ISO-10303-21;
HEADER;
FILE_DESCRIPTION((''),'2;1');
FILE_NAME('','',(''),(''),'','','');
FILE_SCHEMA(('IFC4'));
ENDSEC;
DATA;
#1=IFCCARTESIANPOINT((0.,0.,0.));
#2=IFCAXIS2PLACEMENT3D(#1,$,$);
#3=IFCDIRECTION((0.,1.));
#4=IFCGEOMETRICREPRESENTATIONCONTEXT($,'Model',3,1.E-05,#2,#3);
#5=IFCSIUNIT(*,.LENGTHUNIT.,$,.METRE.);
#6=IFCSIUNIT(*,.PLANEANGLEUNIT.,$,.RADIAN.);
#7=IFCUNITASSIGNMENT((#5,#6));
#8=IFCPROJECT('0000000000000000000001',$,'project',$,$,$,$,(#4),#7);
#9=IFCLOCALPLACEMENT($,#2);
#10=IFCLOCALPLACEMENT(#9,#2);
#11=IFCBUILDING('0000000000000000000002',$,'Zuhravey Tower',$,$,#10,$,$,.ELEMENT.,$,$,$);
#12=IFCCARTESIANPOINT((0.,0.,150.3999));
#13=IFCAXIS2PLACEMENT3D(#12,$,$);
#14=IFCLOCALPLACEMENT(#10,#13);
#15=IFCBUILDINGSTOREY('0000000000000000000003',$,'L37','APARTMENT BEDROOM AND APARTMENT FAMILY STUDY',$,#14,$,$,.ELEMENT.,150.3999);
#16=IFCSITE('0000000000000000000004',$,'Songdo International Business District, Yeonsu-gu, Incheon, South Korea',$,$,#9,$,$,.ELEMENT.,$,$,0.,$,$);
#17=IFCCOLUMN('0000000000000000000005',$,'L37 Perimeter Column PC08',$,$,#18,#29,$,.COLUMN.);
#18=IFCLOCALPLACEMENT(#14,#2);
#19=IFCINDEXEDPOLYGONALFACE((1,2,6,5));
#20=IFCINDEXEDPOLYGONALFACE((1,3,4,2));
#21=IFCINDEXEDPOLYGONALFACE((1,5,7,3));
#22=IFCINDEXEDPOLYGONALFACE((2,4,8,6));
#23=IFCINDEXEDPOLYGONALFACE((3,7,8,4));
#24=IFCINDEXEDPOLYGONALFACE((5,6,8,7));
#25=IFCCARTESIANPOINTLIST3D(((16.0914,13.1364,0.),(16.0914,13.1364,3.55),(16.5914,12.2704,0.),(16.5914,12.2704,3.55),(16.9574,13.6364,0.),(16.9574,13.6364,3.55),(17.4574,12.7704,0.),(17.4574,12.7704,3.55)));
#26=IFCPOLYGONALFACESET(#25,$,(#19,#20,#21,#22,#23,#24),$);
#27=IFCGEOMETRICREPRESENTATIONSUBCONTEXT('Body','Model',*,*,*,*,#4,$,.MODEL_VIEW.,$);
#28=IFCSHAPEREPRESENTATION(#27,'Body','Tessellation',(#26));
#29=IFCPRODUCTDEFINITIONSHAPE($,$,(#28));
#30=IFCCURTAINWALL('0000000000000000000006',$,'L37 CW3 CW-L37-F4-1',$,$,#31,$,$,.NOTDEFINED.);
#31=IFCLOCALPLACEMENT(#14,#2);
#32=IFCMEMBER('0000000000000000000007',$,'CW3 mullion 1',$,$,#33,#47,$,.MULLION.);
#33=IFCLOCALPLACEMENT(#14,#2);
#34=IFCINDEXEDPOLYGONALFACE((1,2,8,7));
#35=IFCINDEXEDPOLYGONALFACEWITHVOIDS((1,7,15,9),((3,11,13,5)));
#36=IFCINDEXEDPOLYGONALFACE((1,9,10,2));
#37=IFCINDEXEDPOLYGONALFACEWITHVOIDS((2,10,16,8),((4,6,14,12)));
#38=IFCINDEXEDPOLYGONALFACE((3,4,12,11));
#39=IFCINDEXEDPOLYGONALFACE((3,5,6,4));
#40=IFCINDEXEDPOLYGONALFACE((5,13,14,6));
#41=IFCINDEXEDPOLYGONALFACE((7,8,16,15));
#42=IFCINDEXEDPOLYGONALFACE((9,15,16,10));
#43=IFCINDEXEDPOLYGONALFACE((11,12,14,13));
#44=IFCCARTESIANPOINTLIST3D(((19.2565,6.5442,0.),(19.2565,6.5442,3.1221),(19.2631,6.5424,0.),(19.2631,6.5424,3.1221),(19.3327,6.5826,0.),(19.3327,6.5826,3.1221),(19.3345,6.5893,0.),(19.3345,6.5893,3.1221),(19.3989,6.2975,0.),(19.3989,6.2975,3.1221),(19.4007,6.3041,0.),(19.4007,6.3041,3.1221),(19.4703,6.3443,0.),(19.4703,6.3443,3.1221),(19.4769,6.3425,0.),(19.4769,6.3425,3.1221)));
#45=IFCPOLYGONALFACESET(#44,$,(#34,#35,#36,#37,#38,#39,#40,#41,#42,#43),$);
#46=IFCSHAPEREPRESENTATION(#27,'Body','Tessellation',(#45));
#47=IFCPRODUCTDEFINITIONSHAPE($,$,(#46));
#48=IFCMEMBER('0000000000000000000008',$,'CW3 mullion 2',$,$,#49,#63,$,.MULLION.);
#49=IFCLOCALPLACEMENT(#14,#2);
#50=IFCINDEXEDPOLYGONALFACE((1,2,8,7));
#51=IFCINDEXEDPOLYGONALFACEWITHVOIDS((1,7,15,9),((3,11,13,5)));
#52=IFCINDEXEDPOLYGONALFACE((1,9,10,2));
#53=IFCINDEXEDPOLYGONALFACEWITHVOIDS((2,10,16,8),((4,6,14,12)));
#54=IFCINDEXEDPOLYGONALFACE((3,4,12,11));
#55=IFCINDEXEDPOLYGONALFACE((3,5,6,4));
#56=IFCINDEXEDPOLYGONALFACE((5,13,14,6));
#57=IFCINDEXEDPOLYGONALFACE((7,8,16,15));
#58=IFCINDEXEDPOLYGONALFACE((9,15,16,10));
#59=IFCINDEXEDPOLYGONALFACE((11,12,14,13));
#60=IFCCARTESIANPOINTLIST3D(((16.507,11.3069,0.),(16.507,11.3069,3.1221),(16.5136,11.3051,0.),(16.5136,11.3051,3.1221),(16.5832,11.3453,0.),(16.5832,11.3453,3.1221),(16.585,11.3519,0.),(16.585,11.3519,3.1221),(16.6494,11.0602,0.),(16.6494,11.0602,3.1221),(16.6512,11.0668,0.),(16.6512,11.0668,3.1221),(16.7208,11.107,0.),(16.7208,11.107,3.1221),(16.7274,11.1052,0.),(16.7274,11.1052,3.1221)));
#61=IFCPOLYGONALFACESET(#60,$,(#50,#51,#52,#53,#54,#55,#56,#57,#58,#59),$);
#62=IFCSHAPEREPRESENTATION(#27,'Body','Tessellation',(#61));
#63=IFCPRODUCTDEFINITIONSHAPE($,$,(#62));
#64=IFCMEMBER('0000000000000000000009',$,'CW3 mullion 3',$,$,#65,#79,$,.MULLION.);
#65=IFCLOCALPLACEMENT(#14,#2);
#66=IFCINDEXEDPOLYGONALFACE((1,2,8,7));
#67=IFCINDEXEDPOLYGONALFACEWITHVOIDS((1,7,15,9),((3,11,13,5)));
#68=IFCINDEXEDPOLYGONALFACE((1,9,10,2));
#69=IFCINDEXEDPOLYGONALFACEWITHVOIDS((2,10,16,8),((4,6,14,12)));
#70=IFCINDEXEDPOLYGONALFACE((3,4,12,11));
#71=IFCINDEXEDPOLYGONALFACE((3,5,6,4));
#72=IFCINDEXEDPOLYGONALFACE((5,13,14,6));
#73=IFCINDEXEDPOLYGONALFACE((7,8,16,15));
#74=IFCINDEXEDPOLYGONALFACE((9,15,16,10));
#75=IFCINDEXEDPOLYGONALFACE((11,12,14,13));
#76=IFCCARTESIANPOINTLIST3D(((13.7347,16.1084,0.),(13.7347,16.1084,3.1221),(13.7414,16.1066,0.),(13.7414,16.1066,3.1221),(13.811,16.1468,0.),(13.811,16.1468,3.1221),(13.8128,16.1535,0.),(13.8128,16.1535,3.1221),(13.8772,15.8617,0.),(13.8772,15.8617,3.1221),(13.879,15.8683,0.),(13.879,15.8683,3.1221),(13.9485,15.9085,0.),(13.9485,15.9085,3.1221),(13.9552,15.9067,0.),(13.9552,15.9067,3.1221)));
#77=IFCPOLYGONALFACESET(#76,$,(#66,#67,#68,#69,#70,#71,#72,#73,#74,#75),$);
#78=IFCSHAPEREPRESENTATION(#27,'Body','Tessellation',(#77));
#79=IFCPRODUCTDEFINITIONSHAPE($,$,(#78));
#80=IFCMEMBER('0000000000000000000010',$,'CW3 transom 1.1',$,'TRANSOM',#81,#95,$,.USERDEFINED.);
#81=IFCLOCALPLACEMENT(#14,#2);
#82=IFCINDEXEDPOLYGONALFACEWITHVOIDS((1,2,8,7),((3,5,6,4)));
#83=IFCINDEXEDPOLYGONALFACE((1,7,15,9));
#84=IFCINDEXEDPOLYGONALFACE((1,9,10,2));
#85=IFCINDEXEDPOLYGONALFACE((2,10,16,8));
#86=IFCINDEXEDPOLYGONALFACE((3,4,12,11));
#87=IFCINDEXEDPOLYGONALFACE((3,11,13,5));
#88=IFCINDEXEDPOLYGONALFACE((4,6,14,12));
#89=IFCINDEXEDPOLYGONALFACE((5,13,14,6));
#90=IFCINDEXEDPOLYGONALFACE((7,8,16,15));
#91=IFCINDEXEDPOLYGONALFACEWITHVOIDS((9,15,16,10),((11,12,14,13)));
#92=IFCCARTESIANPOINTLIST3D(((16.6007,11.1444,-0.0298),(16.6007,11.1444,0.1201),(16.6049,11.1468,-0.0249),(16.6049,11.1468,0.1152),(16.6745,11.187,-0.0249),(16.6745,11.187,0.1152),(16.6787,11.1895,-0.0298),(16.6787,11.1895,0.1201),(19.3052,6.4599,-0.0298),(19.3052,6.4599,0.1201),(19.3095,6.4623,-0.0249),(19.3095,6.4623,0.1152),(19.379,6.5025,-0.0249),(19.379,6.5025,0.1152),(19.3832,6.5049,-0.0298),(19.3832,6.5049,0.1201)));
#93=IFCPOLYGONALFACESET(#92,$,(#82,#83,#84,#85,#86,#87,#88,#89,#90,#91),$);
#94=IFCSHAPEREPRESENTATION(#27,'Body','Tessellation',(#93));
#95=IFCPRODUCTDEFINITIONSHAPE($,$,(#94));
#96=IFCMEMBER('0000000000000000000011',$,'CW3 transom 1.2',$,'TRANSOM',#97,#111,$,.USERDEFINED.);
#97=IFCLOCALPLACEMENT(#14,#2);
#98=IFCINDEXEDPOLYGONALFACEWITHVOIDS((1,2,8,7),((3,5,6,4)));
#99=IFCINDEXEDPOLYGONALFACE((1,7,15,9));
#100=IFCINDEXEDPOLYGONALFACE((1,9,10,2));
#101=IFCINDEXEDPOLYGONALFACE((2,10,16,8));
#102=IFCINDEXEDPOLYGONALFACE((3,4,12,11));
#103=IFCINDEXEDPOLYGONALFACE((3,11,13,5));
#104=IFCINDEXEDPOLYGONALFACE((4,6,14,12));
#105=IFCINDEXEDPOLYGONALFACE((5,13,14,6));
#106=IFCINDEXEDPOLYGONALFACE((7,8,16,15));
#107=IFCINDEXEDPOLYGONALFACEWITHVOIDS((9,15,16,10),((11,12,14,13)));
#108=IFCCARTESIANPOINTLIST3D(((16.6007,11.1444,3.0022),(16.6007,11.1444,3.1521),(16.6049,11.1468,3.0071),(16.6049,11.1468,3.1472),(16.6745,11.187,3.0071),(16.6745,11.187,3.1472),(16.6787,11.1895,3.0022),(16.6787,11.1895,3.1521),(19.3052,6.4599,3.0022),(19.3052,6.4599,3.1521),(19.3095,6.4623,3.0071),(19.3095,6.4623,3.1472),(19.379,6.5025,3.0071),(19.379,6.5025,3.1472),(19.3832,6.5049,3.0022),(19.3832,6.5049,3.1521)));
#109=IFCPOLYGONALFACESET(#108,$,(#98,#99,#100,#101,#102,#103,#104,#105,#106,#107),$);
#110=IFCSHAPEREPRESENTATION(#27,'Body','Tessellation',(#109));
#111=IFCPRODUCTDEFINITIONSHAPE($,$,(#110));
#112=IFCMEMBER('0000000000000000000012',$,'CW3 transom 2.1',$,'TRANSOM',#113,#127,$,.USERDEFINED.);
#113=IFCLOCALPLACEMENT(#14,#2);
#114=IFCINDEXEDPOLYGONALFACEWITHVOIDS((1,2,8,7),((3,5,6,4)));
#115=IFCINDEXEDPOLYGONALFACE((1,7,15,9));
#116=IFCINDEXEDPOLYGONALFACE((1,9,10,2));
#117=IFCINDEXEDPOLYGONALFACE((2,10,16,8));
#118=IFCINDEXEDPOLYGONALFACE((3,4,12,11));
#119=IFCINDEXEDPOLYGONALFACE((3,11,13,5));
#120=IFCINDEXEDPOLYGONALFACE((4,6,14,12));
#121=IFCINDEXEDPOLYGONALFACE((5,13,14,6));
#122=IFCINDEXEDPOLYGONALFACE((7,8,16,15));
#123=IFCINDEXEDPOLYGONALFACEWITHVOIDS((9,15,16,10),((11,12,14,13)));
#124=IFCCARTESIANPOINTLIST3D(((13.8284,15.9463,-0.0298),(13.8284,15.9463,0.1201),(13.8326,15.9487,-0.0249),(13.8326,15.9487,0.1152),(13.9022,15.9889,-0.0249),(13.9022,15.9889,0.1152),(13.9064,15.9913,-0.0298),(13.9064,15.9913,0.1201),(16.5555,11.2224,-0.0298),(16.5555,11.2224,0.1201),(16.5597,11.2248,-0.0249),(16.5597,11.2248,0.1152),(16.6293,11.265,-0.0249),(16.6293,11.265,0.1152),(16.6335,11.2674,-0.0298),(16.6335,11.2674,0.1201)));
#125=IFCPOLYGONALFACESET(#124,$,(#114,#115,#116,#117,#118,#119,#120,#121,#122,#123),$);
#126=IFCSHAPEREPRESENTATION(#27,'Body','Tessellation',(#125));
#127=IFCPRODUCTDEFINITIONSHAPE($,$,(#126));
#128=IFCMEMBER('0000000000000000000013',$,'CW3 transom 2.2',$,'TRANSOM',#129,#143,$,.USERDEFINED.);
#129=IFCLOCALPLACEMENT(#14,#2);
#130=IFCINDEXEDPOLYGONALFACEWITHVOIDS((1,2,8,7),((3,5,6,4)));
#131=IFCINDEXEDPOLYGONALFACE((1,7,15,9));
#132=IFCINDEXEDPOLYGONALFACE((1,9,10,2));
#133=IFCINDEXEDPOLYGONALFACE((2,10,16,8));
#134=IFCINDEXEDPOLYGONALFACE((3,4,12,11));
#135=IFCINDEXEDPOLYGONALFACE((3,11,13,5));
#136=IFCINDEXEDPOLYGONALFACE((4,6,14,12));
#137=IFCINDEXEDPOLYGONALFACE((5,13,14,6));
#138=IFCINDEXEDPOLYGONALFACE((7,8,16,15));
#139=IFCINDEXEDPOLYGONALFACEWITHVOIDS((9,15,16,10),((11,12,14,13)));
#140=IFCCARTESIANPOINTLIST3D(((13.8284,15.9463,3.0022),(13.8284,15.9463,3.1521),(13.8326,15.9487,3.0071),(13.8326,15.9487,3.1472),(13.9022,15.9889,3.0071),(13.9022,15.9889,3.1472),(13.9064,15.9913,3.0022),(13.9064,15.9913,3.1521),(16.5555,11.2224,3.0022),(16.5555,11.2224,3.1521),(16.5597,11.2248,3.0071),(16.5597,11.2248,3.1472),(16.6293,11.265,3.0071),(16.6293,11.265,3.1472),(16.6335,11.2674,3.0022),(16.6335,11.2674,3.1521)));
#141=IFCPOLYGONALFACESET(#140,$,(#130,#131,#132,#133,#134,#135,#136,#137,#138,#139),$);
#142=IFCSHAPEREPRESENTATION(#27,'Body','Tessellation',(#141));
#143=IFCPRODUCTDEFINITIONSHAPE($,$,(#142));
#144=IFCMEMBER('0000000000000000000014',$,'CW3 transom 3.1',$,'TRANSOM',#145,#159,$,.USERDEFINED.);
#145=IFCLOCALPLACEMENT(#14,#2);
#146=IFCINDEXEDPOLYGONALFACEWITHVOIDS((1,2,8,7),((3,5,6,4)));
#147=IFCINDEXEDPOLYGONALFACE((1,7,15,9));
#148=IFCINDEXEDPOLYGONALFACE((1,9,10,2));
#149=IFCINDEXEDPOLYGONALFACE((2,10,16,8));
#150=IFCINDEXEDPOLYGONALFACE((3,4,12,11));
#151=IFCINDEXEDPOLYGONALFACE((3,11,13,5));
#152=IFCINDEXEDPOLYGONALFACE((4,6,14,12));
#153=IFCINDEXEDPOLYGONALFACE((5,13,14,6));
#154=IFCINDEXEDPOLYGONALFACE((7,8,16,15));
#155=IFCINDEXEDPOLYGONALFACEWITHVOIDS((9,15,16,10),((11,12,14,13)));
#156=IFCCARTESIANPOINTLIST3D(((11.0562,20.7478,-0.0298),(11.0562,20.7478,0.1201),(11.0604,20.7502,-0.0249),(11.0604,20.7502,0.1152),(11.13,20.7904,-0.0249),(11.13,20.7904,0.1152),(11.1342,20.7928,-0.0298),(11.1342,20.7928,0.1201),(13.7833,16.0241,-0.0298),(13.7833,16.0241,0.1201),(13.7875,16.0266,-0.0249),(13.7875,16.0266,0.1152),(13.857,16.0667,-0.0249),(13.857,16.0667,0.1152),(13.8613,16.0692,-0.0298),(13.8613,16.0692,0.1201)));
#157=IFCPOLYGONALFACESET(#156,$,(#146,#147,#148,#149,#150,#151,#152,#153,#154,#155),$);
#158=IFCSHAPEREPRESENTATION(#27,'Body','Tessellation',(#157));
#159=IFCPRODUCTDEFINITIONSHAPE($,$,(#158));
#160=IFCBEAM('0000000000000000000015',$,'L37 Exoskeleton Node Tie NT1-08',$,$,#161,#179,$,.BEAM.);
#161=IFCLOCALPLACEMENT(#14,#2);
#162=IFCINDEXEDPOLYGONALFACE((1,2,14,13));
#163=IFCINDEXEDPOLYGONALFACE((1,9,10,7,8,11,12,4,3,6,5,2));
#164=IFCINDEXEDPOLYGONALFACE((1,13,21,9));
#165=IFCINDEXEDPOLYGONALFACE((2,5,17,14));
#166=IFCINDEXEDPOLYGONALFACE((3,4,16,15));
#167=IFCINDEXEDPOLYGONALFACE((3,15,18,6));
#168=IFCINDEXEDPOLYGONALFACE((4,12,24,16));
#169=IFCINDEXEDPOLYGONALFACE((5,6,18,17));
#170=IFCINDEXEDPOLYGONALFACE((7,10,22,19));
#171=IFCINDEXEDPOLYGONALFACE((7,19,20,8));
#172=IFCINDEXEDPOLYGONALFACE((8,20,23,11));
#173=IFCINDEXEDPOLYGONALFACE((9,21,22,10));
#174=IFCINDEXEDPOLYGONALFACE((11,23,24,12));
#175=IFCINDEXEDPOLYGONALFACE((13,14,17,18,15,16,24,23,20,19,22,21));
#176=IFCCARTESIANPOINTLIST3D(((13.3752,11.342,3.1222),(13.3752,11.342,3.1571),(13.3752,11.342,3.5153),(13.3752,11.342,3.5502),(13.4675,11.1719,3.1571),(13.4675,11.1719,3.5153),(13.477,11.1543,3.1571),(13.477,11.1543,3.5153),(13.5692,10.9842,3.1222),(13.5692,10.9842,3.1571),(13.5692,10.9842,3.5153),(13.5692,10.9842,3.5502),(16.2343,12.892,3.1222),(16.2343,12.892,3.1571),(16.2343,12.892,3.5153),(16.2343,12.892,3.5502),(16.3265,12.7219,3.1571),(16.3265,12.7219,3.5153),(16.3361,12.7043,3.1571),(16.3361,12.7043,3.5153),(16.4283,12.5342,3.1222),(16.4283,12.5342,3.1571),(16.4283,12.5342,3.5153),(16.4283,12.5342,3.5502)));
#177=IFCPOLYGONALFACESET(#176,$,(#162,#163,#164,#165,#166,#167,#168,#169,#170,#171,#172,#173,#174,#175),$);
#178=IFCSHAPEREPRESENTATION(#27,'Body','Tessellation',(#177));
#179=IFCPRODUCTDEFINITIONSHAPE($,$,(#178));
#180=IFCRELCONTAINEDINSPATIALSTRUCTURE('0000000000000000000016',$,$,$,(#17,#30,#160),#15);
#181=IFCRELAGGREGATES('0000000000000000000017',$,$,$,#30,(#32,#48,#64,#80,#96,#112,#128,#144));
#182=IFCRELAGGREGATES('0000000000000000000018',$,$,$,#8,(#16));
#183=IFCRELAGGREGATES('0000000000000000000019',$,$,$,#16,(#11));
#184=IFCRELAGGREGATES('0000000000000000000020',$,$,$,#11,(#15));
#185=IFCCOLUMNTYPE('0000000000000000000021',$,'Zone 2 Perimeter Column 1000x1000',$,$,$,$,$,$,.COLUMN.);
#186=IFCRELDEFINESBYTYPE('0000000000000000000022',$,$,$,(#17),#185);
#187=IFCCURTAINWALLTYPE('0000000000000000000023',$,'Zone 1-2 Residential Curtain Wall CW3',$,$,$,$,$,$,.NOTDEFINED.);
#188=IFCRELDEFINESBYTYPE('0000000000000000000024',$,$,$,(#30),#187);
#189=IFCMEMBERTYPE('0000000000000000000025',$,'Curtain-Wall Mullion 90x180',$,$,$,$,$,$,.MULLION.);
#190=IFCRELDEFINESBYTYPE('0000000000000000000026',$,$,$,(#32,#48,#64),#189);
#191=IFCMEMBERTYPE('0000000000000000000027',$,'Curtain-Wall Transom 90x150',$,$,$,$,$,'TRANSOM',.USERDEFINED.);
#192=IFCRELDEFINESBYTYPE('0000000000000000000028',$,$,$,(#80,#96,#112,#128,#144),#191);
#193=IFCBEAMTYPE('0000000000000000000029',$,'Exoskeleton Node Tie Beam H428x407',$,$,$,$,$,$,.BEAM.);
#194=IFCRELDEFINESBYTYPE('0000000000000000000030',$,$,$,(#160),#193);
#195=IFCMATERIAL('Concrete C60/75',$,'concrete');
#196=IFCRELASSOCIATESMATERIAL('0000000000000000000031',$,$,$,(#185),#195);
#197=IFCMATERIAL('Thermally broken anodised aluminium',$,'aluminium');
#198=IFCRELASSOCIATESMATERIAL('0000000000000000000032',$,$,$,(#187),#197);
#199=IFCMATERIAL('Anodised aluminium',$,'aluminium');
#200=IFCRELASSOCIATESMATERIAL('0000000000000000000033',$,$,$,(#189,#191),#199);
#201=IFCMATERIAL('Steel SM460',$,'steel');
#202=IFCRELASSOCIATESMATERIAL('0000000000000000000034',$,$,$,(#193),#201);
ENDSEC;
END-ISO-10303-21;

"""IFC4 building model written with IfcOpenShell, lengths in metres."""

from ifc_helpers import new_model, si_unit, direction, frame, origin, origin_2d, place, context, subcontext, project, spatial, rectangle, hollow_rectangle, i_section, extrude, material, material_profile, profile_set, type_object, element, aggregate, save


model = new_model("IFC4")

# Units and contexts
model_context = context("Model", 3, precision=1e-05, world=origin(), true_north=direction((0.0, 1.0)))
body_context = subcontext(model_context, "Body", "Model", "MODEL_VIEW")
ifc_project = project(units=[si_unit("LENGTHUNIT", "METRE"), si_unit("PLANEANGLEUNIT", "RADIAN")], contexts=[model_context])

# Site, building, storey
site_placement = place(None, origin())
site = spatial("IfcSite", under=ifc_project, at=site_placement, Name="Songdo International Business District, Yeonsu-gu, Incheon, South Korea", CompositionType="ELEMENT", RefElevation=0.0)
building_placement = place(site_placement, origin())
building = spatial("IfcBuilding", under=site, at=building_placement, Name="Zuhravey Tower", CompositionType="ELEMENT")
storey_placement = place(building_placement, frame((0.0, 0.0, 150.3999)))
storey = spatial("IfcBuildingStorey", under=building, at=storey_placement, Name="L37", Description="APARTMENT BEDROOM AND APARTMENT FAMILY STUDY", CompositionType="ELEMENT", Elevation=150.3999)

# Column
ifc_material_1 = material(Name="Concrete C60/75", Category="concrete")
ifc_material_profile_1 = material_profile(ifc_material_1, rectangle(XDim=1.0, YDim=1.0, at=origin_2d()), Name="RC-1000x1000")
ifc_profile_set_1 = profile_set([ifc_material_profile_1], Name="Concrete C60/75")
column_type = type_object("IfcColumnType", Name="Zone 2 Perimeter Column 1000x1000", PredefinedType="COLUMN", material=ifc_profile_set_1)
column_placement = place(storey_placement, frame((16.7744, 12.9534, 0.0), z_axis=(0.0, 0.0, 1.0), x_axis=(0.5, -0.866025, 0.0)))
element("IfcColumn", 1, at=column_placement, inside=storey, type_object=column_type, Name="L37 Perimeter Column PC08", PredefinedType="COLUMN", context=body_context, shape_type="SweptSolid", body=[
    extrude(rectangle(XDim=1.0, YDim=1.0, at=origin_2d()), origin(), (0.0, 0.0, 1.0), 3.55),
])

# Curtain wall, members
ifc_material_2 = material(Name="Thermally broken anodised aluminium", Category="aluminium")
curtain_wall_type = type_object("IfcCurtainWallType", Name="Zone 1-2 Residential Curtain Wall CW3", PredefinedType="NOTDEFINED", material=ifc_material_2)
curtain_wall_placement = place(storey_placement, origin())
curtain_wall = element("IfcCurtainWall", 2, at=curtain_wall_placement, inside=storey, type_object=curtain_wall_type, Name="L37 CW3 CW-L37-F4-1", PredefinedType="NOTDEFINED")
ifc_material_3 = material(Name="Anodised aluminium", Category="aluminium")
ifc_material_profile_2 = material_profile(ifc_material_3, hollow_rectangle(XDim=0.0901, YDim=0.2849, WallThickness=0.0049, at=origin_2d()), Name="ALU-RHS-90x285x5")
ifc_profile_set_2 = profile_set([ifc_material_profile_2], Name="Anodised aluminium")
member_type_1 = type_object("IfcMemberType", Name="Curtain-Wall Mullion 90x180", PredefinedType="MULLION", material=ifc_profile_set_2)
member_1_placement = place(storey_placement, frame((19.3667, 6.4434, 0.0), z_axis=(0.0, 0.0, 1.0), x_axis=(-0.866025, -0.5, 0.0)))
member_1 = element("IfcMember", 3, at=member_1_placement, type_object=member_type_1, Name="CW3 mullion 1", PredefinedType="MULLION", context=body_context, shape_type="SweptSolid", body=[
    extrude(hollow_rectangle(XDim=0.0901, YDim=0.2849, WallThickness=0.0049, at=origin_2d()), origin(), (0.0, 0.0, 1.0), 3.1221),
])
member_2_placement = place(storey_placement, frame((16.6172, 11.2061, 0.0), z_axis=(0.0, 0.0, 1.0), x_axis=(-0.866025, -0.5, 0.0)))
member_2 = element("IfcMember", 4, at=member_2_placement, type_object=member_type_1, Name="CW3 mullion 2", PredefinedType="MULLION", context=body_context, shape_type="SweptSolid", body=[
    extrude(hollow_rectangle(XDim=0.0901, YDim=0.2849, WallThickness=0.0049, at=origin_2d()), origin(), (0.0, 0.0, 1.0), 3.1221),
])
member_3_placement = place(storey_placement, frame((13.845, 16.0076, 0.0), z_axis=(0.0, 0.0, 1.0), x_axis=(-0.866025, -0.5, 0.0)))
member_3 = element("IfcMember", 5, at=member_3_placement, type_object=member_type_1, Name="CW3 mullion 3", PredefinedType="MULLION", context=body_context, shape_type="SweptSolid", body=[
    extrude(hollow_rectangle(XDim=0.0901, YDim=0.2849, WallThickness=0.0049, at=origin_2d()), origin(), (0.0, 0.0, 1.0), 3.1221),
])
ifc_material_profile_3 = material_profile(ifc_material_3, hollow_rectangle(XDim=0.0901, YDim=0.1499, WallThickness=0.0049, at=origin_2d()), Name="ALU-RHS-90x150x5")
ifc_profile_set_3 = profile_set([ifc_material_profile_3], Name="Anodised aluminium")
member_type_2 = type_object("IfcMemberType", Name="Curtain-Wall Transom 90x150", ElementType="TRANSOM", PredefinedType="USERDEFINED", material=ifc_profile_set_3)
member_4_placement = place(storey_placement, frame((19.3442, 6.4824, 0.0452), z_axis=(-0.499993, 0.866029, 0.0), x_axis=(-0.866029, -0.499993, 0.0)))
member_4 = element("IfcMember", 6, at=member_4_placement, type_object=member_type_2, Name="CW3 transom 1.1", ObjectType="TRANSOM", PredefinedType="USERDEFINED", context=body_context, shape_type="SweptSolid", body=[
    extrude(hollow_rectangle(XDim=0.0901, YDim=0.1499, WallThickness=0.0049, at=origin_2d()), origin(), (0.0, 0.0, 1.0), 5.4092),
])
member_5_placement = place(storey_placement, frame((19.3442, 6.4824, 3.0771), z_axis=(-0.499993, 0.866029, 0.0), x_axis=(-0.866029, -0.499993, 0.0)))
member_5 = element("IfcMember", 7, at=member_5_placement, type_object=member_type_2, Name="CW3 transom 1.2", ObjectType="TRANSOM", PredefinedType="USERDEFINED", context=body_context, shape_type="SweptSolid", body=[
    extrude(hollow_rectangle(XDim=0.0901, YDim=0.1499, WallThickness=0.0049, at=origin_2d()), origin(), (0.0, 0.0, 1.0), 5.4092),
])
member_6_placement = place(storey_placement, frame((16.5945, 11.2449, 0.0452), z_axis=(-0.499961, 0.866048, 0.0), x_axis=(-0.866048, -0.499961, 0.0)))
member_6 = element("IfcMember", 8, at=member_6_placement, type_object=member_type_2, Name="CW3 transom 2.1", ObjectType="TRANSOM", PredefinedType="USERDEFINED", context=body_context, shape_type="SweptSolid", body=[
    extrude(hollow_rectangle(XDim=0.0901, YDim=0.1499, WallThickness=0.0049, at=origin_2d()), origin(), (0.0, 0.0, 1.0), 5.4546),
])
member_7_placement = place(storey_placement, frame((16.5945, 11.2449, 3.0771), z_axis=(-0.499961, 0.866048, 0.0), x_axis=(-0.866048, -0.499961, 0.0)))
member_7 = element("IfcMember", 9, at=member_7_placement, type_object=member_type_2, Name="CW3 transom 2.2", ObjectType="TRANSOM", PredefinedType="USERDEFINED", context=body_context, shape_type="SweptSolid", body=[
    extrude(hollow_rectangle(XDim=0.0901, YDim=0.1499, WallThickness=0.0049, at=origin_2d()), origin(), (0.0, 0.0, 1.0), 5.4546),
])
member_8_placement = place(storey_placement, frame((13.8223, 16.0466, 0.0452), z_axis=(-0.499981, 0.866037, 0.0), x_axis=(-0.866037, -0.499981, 0.0)))
member_8 = element("IfcMember", 10, at=member_8_placement, type_object=member_type_2, Name="CW3 transom 3.1", ObjectType="TRANSOM", PredefinedType="USERDEFINED", context=body_context, shape_type="SweptSolid", body=[
    extrude(hollow_rectangle(XDim=0.0901, YDim=0.1499, WallThickness=0.0049, at=origin_2d()), origin(), (0.0, 0.0, 1.0), 5.4543),
])

# Beam
ifc_material_4 = material(Name="Steel SM460", Category="steel")
ifc_material_profile_4 = material_profile(ifc_material_4, i_section(OverallWidth=0.407, OverallDepth=0.428, WebThickness=0.02, FlangeThickness=0.0349, at=origin_2d()), Name="H-428x407x20x35")
ifc_profile_set_4 = profile_set([ifc_material_profile_4], Name="Steel SM460")
beam_type_1 = type_object("IfcBeamType", Name="Exoskeleton Node Tie Beam H428x407", PredefinedType="BEAM", material=ifc_profile_set_4)
beam_1_placement = place(storey_placement, frame((16.3313, 12.7131, 3.3362), z_axis=(-0.879118, -0.476605, 0.0), x_axis=(0.476605, -0.879118, 0.0)))
element("IfcBeam", 11, at=beam_1_placement, inside=storey, type_object=beam_type_1, Name="L37 Exoskeleton Node Tie NT1-08", PredefinedType="BEAM", context=body_context, shape_type="SweptSolid", body=[
    extrude(i_section(OverallWidth=0.407, OverallDepth=0.428, WebThickness=0.02, FlangeThickness=0.0349, at=origin_2d()), origin(), (0.0, 0.0, 1.0), 3.2522),
])

aggregate(curtain_wall, [member_1, member_2, member_3, member_4, member_5, member_6, member_7, member_8])

save(model, "model.ifc")
